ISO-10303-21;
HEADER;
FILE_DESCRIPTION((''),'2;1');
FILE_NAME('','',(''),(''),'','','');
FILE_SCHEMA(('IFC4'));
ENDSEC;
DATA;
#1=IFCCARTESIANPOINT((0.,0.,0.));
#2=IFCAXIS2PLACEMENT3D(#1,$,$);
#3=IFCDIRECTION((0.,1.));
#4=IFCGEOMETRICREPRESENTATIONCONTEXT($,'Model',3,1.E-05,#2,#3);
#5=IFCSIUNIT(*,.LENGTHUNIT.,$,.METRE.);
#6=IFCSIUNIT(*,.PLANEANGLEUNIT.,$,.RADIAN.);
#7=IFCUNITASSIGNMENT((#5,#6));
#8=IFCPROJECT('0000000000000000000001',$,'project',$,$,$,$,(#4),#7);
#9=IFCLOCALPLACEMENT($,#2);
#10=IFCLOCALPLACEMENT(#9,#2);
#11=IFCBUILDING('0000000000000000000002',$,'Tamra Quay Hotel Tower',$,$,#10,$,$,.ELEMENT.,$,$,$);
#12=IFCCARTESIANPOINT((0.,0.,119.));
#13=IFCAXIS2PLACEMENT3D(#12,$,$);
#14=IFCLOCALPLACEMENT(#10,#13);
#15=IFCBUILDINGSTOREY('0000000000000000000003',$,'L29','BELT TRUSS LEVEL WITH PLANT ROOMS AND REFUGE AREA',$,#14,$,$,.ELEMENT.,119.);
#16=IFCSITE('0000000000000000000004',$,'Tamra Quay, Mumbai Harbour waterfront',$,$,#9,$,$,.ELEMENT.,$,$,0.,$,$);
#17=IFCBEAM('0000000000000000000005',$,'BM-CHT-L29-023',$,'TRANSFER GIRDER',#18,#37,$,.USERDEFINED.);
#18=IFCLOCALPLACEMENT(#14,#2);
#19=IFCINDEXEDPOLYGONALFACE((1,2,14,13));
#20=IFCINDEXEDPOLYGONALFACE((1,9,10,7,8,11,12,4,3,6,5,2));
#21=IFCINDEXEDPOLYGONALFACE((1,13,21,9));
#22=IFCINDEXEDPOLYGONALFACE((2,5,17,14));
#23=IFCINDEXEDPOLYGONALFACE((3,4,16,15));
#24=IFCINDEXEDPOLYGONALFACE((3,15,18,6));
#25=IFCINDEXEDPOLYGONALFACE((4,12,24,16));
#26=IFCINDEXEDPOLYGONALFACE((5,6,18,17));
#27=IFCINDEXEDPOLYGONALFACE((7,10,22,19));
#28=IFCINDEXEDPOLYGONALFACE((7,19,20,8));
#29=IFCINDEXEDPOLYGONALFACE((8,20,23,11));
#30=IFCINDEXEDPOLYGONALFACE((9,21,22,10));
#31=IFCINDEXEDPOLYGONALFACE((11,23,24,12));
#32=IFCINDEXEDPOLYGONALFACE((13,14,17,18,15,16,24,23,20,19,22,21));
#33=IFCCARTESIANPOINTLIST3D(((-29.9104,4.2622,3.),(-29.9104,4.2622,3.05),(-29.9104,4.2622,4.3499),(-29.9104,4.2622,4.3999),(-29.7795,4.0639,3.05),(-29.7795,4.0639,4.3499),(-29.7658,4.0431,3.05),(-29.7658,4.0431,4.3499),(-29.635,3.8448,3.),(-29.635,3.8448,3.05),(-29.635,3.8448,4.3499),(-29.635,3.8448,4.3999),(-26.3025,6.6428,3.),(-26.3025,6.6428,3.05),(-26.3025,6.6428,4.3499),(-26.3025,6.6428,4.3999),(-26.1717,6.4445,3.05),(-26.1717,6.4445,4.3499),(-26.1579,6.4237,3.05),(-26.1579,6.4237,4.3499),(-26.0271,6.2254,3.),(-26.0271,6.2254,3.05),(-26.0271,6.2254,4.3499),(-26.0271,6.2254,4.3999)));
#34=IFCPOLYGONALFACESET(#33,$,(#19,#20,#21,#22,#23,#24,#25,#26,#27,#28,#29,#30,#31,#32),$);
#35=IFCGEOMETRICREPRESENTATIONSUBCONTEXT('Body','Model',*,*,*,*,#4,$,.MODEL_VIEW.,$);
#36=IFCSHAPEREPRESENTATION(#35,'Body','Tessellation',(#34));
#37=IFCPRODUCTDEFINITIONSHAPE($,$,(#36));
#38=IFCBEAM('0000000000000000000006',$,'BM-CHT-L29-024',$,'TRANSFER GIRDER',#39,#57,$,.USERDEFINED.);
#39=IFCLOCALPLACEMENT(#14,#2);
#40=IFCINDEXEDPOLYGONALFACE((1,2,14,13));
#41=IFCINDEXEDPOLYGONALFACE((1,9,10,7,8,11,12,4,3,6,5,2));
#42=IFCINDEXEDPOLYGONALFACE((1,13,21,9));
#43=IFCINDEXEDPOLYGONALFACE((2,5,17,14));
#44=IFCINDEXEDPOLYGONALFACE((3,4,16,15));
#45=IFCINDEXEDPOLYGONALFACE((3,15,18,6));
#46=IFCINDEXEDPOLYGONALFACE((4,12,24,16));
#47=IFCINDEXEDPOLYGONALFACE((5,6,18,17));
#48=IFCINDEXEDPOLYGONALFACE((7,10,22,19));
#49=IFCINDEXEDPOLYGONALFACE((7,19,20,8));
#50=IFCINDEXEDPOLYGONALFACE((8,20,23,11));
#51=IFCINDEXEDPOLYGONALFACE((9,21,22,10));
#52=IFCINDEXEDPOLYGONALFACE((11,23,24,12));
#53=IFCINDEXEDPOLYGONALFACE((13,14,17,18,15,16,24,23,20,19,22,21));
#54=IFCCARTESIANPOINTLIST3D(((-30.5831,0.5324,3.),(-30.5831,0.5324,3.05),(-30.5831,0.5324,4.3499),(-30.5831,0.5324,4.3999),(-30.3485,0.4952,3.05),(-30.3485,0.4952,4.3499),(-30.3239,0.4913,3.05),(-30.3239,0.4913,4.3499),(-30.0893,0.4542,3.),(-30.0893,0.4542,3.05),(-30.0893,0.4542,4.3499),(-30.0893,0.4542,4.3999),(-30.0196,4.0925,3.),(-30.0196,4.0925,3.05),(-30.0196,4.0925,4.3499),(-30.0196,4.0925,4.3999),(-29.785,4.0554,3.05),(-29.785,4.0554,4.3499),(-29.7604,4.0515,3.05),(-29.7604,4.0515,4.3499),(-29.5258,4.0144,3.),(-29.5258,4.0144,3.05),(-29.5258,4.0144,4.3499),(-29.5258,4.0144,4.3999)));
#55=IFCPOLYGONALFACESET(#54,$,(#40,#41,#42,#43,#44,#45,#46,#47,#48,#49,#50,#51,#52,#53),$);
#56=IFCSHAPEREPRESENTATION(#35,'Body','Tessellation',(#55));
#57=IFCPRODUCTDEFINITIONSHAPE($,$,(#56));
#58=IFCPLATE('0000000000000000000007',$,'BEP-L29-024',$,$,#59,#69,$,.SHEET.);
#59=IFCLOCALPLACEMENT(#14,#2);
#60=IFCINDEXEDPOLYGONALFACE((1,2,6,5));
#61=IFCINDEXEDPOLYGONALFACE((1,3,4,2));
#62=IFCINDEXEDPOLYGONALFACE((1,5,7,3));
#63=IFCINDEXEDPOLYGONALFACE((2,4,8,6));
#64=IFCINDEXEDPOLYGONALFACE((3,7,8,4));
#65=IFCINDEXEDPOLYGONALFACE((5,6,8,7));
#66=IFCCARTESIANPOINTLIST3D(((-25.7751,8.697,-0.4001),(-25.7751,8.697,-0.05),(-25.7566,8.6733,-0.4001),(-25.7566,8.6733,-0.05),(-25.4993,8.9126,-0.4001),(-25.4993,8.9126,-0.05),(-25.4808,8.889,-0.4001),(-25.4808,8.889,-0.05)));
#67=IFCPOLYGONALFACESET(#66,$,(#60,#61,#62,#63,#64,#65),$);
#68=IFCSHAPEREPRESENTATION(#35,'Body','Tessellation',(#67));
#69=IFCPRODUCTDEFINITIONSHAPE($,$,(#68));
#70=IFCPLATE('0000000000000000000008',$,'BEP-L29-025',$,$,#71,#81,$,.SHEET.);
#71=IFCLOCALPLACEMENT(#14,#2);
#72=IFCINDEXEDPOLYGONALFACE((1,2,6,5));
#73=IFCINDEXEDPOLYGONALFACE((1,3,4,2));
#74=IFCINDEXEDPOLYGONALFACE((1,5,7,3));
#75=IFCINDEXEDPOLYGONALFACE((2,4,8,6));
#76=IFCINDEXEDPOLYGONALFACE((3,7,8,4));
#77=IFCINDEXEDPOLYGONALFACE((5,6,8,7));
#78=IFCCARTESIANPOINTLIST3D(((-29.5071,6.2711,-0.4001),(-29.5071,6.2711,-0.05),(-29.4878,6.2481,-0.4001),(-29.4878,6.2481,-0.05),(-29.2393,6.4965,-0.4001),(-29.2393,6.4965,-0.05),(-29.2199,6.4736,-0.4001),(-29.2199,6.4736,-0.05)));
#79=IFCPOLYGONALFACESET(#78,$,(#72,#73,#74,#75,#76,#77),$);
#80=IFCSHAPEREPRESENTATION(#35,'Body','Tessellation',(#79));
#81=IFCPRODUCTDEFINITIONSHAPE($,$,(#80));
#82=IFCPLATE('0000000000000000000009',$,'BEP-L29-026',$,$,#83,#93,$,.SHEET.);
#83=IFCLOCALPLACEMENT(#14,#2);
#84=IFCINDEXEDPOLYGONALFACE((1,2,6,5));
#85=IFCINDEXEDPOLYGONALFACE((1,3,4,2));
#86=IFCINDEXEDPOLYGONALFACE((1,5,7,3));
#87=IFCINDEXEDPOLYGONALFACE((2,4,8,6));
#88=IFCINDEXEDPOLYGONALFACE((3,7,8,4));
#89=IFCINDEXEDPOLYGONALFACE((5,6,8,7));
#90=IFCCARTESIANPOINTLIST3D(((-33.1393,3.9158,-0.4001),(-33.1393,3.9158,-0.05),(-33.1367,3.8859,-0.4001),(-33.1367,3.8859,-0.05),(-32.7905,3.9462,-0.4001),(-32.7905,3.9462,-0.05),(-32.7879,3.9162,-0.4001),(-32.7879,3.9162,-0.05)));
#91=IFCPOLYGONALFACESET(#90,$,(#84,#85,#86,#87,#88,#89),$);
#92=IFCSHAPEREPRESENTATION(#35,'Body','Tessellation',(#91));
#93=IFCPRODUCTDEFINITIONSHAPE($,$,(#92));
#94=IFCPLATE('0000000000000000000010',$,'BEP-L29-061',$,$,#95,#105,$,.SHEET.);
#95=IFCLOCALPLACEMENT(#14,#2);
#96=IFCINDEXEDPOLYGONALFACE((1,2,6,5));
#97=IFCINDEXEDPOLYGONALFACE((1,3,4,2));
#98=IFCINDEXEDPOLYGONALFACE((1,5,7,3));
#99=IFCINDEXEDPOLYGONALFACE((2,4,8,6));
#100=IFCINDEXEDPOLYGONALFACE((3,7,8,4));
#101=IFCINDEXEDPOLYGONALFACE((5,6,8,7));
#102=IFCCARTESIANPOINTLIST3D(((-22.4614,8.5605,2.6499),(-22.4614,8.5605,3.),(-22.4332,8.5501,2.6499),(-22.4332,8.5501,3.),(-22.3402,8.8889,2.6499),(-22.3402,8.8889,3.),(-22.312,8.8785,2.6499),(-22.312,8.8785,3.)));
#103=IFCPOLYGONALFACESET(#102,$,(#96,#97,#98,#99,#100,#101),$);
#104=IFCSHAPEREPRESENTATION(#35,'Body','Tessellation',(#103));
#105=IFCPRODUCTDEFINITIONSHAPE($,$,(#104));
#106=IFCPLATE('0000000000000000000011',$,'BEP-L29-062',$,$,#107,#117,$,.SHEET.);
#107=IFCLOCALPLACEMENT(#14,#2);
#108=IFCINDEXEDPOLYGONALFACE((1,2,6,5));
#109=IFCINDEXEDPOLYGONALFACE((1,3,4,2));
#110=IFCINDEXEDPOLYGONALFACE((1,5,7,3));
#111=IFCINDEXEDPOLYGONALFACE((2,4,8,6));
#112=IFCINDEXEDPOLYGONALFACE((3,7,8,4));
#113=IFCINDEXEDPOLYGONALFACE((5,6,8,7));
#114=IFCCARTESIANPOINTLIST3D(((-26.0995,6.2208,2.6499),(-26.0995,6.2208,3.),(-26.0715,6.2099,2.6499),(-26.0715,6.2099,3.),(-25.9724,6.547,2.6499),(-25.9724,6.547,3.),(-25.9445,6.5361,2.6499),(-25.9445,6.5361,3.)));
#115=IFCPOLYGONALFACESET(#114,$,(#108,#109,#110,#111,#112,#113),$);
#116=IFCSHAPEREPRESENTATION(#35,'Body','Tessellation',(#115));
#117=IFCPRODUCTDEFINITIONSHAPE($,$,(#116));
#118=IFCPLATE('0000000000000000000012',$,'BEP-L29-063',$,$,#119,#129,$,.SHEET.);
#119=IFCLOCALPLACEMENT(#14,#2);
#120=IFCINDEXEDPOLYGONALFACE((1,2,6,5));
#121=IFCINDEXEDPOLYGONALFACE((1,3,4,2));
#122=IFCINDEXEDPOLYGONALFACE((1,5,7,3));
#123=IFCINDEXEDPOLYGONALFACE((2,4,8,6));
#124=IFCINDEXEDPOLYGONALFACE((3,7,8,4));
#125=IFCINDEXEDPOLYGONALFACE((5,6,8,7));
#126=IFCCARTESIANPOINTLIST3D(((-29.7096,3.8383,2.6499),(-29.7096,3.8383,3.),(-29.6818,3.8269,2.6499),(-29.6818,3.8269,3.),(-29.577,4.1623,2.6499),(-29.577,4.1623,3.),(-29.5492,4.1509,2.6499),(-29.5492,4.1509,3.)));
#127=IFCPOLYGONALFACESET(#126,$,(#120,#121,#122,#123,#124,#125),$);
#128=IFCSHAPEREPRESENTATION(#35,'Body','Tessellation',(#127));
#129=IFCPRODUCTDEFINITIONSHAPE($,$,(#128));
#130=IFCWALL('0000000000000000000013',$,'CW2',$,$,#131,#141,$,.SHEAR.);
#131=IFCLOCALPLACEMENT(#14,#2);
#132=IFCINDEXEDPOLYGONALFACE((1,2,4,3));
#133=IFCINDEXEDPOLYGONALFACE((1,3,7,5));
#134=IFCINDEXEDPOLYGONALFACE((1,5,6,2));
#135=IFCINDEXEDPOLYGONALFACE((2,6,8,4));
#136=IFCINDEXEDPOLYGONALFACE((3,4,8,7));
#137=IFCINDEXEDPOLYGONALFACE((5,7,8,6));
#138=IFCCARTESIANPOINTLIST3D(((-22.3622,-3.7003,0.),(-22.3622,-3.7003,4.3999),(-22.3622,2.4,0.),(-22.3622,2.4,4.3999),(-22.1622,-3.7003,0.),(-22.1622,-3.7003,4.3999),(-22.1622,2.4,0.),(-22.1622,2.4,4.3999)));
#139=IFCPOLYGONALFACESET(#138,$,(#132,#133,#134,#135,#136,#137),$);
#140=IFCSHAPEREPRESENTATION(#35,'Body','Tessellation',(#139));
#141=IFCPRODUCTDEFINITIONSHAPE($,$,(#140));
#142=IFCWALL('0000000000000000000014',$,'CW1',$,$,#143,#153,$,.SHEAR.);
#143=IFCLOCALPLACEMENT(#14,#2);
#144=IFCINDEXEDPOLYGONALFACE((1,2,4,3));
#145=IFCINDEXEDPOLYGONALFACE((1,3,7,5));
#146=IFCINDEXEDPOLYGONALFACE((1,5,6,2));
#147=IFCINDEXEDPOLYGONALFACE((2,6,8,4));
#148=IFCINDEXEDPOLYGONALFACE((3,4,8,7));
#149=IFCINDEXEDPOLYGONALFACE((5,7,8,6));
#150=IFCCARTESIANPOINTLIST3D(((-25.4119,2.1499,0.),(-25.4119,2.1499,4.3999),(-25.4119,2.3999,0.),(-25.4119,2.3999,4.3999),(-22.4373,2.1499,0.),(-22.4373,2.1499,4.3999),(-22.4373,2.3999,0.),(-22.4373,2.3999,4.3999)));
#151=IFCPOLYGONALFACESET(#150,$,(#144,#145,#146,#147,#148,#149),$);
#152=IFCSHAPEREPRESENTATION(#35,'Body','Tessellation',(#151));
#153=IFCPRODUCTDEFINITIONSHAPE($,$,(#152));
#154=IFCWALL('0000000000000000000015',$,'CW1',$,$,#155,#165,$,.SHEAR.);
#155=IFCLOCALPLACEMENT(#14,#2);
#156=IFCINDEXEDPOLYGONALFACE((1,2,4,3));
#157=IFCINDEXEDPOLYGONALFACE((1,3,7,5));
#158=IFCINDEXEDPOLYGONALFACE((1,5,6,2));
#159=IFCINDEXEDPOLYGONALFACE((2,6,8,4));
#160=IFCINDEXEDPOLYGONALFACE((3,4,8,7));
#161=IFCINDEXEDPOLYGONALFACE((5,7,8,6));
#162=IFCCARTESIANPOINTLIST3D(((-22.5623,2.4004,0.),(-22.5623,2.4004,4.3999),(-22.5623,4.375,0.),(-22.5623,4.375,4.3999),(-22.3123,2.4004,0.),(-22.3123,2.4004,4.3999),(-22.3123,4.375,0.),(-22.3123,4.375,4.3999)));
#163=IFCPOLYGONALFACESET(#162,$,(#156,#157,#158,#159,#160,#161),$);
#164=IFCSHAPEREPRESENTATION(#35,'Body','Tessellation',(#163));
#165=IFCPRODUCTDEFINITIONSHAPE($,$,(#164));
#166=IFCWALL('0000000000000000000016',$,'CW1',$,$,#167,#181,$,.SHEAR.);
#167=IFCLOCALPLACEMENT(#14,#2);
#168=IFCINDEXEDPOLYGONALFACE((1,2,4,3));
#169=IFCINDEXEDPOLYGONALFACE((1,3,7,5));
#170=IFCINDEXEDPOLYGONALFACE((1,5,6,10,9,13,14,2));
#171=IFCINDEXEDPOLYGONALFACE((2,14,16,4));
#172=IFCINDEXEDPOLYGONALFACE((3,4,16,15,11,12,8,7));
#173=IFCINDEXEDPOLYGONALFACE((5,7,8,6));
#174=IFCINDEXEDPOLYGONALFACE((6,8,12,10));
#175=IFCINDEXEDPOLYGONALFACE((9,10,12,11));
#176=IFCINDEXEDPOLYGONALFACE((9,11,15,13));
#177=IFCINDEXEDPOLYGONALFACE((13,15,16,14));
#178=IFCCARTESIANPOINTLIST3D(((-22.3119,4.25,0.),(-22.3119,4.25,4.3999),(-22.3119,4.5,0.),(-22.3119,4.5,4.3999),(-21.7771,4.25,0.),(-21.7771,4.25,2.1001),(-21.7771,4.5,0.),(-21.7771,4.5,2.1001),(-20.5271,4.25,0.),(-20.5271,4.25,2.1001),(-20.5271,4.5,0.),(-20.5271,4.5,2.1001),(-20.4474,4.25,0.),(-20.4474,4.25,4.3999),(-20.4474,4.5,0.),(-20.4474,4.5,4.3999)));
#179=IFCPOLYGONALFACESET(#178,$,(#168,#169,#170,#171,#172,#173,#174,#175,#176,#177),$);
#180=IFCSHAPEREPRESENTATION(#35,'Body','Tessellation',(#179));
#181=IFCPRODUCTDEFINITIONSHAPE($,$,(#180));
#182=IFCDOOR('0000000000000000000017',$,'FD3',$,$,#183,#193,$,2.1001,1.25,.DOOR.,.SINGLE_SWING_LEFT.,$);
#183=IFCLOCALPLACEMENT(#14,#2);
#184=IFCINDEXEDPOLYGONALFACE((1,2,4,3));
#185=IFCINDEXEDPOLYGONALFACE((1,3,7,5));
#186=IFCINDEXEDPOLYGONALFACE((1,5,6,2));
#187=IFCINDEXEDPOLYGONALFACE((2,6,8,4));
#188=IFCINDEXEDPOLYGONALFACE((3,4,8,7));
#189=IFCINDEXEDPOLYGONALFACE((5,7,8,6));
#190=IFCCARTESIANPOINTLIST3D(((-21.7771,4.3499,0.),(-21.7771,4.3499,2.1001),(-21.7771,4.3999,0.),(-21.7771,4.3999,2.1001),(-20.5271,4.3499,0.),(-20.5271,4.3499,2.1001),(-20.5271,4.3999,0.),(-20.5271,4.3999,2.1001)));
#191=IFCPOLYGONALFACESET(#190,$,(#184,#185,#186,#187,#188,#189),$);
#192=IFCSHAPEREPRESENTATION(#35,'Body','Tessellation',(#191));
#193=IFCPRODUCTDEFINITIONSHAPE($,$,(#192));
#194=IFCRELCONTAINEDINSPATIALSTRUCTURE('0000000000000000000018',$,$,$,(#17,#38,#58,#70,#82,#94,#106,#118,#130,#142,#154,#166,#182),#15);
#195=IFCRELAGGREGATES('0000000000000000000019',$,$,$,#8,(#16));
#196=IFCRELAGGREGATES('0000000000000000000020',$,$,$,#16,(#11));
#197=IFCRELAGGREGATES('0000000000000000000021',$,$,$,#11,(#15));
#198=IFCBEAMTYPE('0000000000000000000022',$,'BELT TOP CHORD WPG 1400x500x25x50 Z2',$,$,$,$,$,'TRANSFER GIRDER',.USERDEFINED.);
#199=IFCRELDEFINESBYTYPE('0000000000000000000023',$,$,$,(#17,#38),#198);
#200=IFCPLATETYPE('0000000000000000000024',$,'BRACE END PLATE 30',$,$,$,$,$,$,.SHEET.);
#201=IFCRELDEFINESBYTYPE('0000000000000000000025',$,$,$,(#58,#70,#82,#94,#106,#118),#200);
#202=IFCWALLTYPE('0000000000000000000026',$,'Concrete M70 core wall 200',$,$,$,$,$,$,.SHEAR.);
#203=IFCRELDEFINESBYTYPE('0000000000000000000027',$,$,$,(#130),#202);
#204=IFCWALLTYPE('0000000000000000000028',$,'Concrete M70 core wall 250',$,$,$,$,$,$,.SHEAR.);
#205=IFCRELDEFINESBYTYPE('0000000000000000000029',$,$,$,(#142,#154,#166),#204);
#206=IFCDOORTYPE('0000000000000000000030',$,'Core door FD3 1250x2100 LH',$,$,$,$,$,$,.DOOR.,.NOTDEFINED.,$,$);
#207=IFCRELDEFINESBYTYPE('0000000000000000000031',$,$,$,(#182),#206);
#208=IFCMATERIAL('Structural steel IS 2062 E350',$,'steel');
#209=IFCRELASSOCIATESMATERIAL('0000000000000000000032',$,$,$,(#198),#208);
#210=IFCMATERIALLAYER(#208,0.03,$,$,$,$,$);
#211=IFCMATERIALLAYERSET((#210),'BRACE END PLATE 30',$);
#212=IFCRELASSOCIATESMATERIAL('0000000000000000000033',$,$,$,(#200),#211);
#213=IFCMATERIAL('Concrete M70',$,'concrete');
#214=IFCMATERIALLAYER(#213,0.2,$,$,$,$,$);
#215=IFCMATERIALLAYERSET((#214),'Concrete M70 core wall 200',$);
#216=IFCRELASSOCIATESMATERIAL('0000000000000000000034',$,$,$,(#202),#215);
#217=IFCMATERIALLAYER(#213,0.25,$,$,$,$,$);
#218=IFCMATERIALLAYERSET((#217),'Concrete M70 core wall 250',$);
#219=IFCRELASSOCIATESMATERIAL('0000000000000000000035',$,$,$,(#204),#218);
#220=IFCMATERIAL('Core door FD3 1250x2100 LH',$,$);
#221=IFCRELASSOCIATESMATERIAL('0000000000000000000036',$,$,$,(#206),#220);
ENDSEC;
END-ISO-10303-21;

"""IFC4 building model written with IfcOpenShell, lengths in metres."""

from ifc_helpers import new_model, si_unit, direction, frame, frame_2d, origin, origin_2d, place, context, subcontext, project, spatial, rectangle, i_section, extrude, material, layer, layer_set, material_profile, profile_set, type_object, element, fill, save


model = new_model("IFC4")

# Units and contexts
model_context = context("Model", 3, precision=1e-05, world=origin(), true_north=direction((0.0, 1.0)))
body_context = subcontext(model_context, "Body", "Model", "MODEL_VIEW")
ifc_project = project(units=[si_unit("LENGTHUNIT", "METRE"), si_unit("PLANEANGLEUNIT", "RADIAN")], contexts=[model_context])

# Site, building, storey
site_placement = place(None, origin())
site = spatial("IfcSite", under=ifc_project, at=site_placement, Name="Tamra Quay, Mumbai Harbour waterfront", CompositionType="ELEMENT", RefElevation=0.0)
building_placement = place(site_placement, origin())
building = spatial("IfcBuilding", under=site, at=building_placement, Name="Tamra Quay Hotel Tower", CompositionType="ELEMENT")
storey_placement = place(building_placement, frame((0.0, 0.0, 119.0)))
storey = spatial("IfcBuildingStorey", under=building, at=storey_placement, Name="L29", Description="BELT TRUSS LEVEL WITH PLANT ROOMS AND REFUGE AREA", CompositionType="ELEMENT", Elevation=119.0)

# Shared definitions
ifc_material_1 = material(Name="Structural steel IS 2062 E350", Category="steel")

# Beams
ifc_material_profile_1 = material_profile(ifc_material_1, i_section(OverallWidth=0.5, OverallDepth=1.3999, WebThickness=0.0249, FlangeThickness=0.05, at=origin_2d()), Name="WPG 1400x500x25x50")
ifc_profile_set_1 = profile_set([ifc_material_profile_1], Name="Structural steel IS 2062 E350")
beam_type_1 = type_object("IfcBeamType", Name="BELT TOP CHORD WPG 1400x500x25x50 Z2", ElementType="TRANSFER GIRDER", PredefinedType="USERDEFINED", material=ifc_profile_set_1)
beam_1_placement = place(storey_placement, frame((-26.1648, 6.4341, 3.7), z_axis=(-0.834674, -0.550745, 0.0), x_axis=(0.550745, -0.834674, 0.0)))
element("IfcBeam", 1, at=beam_1_placement, inside=storey, type_object=beam_type_1, Name="BM-CHT-L29-023", ObjectType="TRANSFER GIRDER", PredefinedType="USERDEFINED", context=body_context, shape_type="SweptSolid", body=[
    extrude(i_section(OverallWidth=0.5, OverallDepth=1.3999, WebThickness=0.0249, FlangeThickness=0.05, at=origin_2d()), origin(), (0.0, 0.0, 1.0), 4.3225),
])
beam_2_placement = place(storey_placement, frame((-29.7727, 4.0535, 3.7), z_axis=(-0.156331, -0.987705, 0.0), x_axis=(0.987705, -0.156331, 0.0)))
element("IfcBeam", 2, at=beam_2_placement, inside=storey, type_object=beam_type_1, Name="BM-CHT-L29-024", ObjectType="TRANSFER GIRDER", PredefinedType="USERDEFINED", context=body_context, shape_type="SweptSolid", body=[
    extrude(i_section(OverallWidth=0.5, OverallDepth=1.3999, WebThickness=0.0249, FlangeThickness=0.05, at=origin_2d()), origin(), (0.0, 0.0, 1.0), 3.6045),
])

# Plates
ifc_layer_1 = layer(ifc_material_1, 0.03)
ifc_layer_set_1 = layer_set([ifc_layer_1], Name="BRACE END PLATE 30")
plate_type = type_object("IfcPlateType", Name="BRACE END PLATE 30", PredefinedType="SHEET", material=ifc_layer_set_1)
for number, where, z_axis, x_axis, name in (
    (3, (-25.6279, 8.793, -0.4001), (0.0, 0.0, 1.0), (-0.615926, 0.787804, 0.0), "BEP-L29-024"),
    (4, (-29.3635, 6.3723, -0.4001), (0.0, 0.0, 1.0), (-0.643983, 0.765039, 0.0), "BEP-L29-025"),
    (5, (-32.9636, 3.916, -0.4001), (0.0, 0.0, 1.0), (-0.08678, 0.996227, 0.0), "BEP-L29-026"),
    (6, (-22.3867, 8.7195, 2.6499), (0.0, 0.0, 1.0), (-0.938149, 0.346232, 0.0), "BEP-L29-061"),
    (7, (-26.022, 6.3784, 2.6499), (0.0, 0.0, 1.0), (-0.931819, 0.362924, 0.0), "BEP-L29-062"),
    (8, (-29.6294, 3.9946, 2.6499), (0.0, 0.0, 1.0), (-0.925475, 0.378809, 0.0), "BEP-L29-063"),
):
    element("IfcPlate", number, at=place(storey_placement, frame(where, z_axis=z_axis, x_axis=x_axis)), inside=storey, type_object=plate_type, Name=name, PredefinedType="SHEET", context=body_context, shape_type="SweptSolid", body=[
        extrude(rectangle(XDim=0.03, YDim=0.3501, at=origin_2d()), origin(), (0.0, 0.0, 1.0), 0.3501),
    ])

# Walls
ifc_material_2 = material(Name="Concrete M70", Category="concrete")
ifc_layer_2 = layer(ifc_material_2, 0.2)
ifc_layer_set_2 = layer_set([ifc_layer_2], Name="Concrete M70 core wall 200")
wall_type_1 = type_object("IfcWallType", Name="Concrete M70 core wall 200", PredefinedType="SHEAR", material=ifc_layer_set_2)
wall_1_placement = place(storey_placement, frame((-22.2622, 2.4001, 0.0), z_axis=(0.0, 0.0, 1.0), x_axis=(0.0, -1.0, 0.0)))
element("IfcWall", 9, at=wall_1_placement, inside=storey, type_object=wall_type_1, Name="CW2", PredefinedType="SHEAR", context=body_context, shape_type="SweptSolid", body=[
    extrude(rectangle(XDim=6.1003, YDim=0.2, at=frame_2d((3.0503, 0.0))), origin(), (0.0, 0.0, 1.0), 4.3999),
])
ifc_layer_3 = layer(ifc_material_2, 0.25)
ifc_layer_set_3 = layer_set([ifc_layer_3], Name="Concrete M70 core wall 250")
wall_type_2 = type_object("IfcWallType", Name="Concrete M70 core wall 250", PredefinedType="SHEAR", material=ifc_layer_set_3)
wall_2_placement = place(storey_placement, frame((-25.4119, 2.2749, 0.0), z_axis=(0.0, 0.0, 1.0), x_axis=(1.0, 0.0, 0.0)))
element("IfcWall", 10, at=wall_2_placement, inside=storey, type_object=wall_type_2, Name="CW1", PredefinedType="SHEAR", context=body_context, shape_type="SweptSolid", body=[
    extrude(rectangle(XDim=2.9746, YDim=0.25, at=frame_2d((1.4873, 0.0))), origin(), (0.0, 0.0, 1.0), 4.3999),
])
wall_3_placement = place(storey_placement, frame((-22.4373, 2.4004, 0.0), z_axis=(0.0, 0.0, 1.0), x_axis=(0.0, 1.0, 0.0)))
element("IfcWall", 11, at=wall_3_placement, inside=storey, type_object=wall_type_2, Name="CW1", PredefinedType="SHEAR", context=body_context, shape_type="SweptSolid", body=[
    extrude(rectangle(XDim=1.9746, YDim=0.25, at=frame_2d((0.9873, 0.0))), origin(), (0.0, 0.0, 1.0), 4.3999),
])

# Wall, opening, door
wall_4_placement = place(storey_placement, frame((-22.3118, 4.375, 0.0), z_axis=(0.0, 0.0, 1.0), x_axis=(1.0, 0.0, 0.0)))
wall_4 = element("IfcWall", 12, at=wall_4_placement, inside=storey, type_object=wall_type_2, Name="CW1", PredefinedType="SHEAR", context=body_context, shape_type="SweptSolid", body=[
    extrude(rectangle(XDim=1.8645, YDim=0.25, at=frame_2d((0.9321, 0.0))), origin(), (0.0, 0.0, 1.0), 4.3999),
])
opening_1_placement = place(wall_4_placement, frame((0.5347, 0.0, 0.0)))
opening_1 = element("IfcOpeningElement", 13, at=opening_1_placement, cuts=wall_4, PredefinedType="OPENING", context=body_context, shape_type="SweptSolid", body=[
    extrude(rectangle(XDim=1.25, YDim=2.1001, at=frame_2d((0.625, 1.05))), frame((0.0, 0.135, 0.0), z_axis=(0.0, -1.0, 0.0), x_axis=(1.0, 0.0, 0.0)), (0.0, 0.0, 1.0), 0.27),
])
ifc_material_3 = material(Name="Core door FD3 1250x2100 LH")
door_type_1 = type_object("IfcDoorType", Name="Core door FD3 1250x2100 LH", OperationType="NOTDEFINED", PredefinedType="DOOR", material=ifc_material_3)
door_1_placement = place(opening_1_placement, origin())
door_1 = element("IfcDoor", 14, at=door_1_placement, inside=storey, type_object=door_type_1, Name="FD3", OperationType="SINGLE_SWING_LEFT", OverallHeight=2.1001, OverallWidth=1.25, PredefinedType="DOOR", context=body_context, shape_type="SweptSolid", body=[
    extrude(rectangle(XDim=1.25, YDim=2.1001, at=frame_2d((0.625, 1.05))), frame((0.0, 0.0249, 0.0), z_axis=(0.0, -1.0, 0.0), x_axis=(1.0, 0.0, 0.0)), (0.0, 0.0, 1.0), 0.05),
])
fill(opening_1, door_1)

save(model, "model.ifc")
